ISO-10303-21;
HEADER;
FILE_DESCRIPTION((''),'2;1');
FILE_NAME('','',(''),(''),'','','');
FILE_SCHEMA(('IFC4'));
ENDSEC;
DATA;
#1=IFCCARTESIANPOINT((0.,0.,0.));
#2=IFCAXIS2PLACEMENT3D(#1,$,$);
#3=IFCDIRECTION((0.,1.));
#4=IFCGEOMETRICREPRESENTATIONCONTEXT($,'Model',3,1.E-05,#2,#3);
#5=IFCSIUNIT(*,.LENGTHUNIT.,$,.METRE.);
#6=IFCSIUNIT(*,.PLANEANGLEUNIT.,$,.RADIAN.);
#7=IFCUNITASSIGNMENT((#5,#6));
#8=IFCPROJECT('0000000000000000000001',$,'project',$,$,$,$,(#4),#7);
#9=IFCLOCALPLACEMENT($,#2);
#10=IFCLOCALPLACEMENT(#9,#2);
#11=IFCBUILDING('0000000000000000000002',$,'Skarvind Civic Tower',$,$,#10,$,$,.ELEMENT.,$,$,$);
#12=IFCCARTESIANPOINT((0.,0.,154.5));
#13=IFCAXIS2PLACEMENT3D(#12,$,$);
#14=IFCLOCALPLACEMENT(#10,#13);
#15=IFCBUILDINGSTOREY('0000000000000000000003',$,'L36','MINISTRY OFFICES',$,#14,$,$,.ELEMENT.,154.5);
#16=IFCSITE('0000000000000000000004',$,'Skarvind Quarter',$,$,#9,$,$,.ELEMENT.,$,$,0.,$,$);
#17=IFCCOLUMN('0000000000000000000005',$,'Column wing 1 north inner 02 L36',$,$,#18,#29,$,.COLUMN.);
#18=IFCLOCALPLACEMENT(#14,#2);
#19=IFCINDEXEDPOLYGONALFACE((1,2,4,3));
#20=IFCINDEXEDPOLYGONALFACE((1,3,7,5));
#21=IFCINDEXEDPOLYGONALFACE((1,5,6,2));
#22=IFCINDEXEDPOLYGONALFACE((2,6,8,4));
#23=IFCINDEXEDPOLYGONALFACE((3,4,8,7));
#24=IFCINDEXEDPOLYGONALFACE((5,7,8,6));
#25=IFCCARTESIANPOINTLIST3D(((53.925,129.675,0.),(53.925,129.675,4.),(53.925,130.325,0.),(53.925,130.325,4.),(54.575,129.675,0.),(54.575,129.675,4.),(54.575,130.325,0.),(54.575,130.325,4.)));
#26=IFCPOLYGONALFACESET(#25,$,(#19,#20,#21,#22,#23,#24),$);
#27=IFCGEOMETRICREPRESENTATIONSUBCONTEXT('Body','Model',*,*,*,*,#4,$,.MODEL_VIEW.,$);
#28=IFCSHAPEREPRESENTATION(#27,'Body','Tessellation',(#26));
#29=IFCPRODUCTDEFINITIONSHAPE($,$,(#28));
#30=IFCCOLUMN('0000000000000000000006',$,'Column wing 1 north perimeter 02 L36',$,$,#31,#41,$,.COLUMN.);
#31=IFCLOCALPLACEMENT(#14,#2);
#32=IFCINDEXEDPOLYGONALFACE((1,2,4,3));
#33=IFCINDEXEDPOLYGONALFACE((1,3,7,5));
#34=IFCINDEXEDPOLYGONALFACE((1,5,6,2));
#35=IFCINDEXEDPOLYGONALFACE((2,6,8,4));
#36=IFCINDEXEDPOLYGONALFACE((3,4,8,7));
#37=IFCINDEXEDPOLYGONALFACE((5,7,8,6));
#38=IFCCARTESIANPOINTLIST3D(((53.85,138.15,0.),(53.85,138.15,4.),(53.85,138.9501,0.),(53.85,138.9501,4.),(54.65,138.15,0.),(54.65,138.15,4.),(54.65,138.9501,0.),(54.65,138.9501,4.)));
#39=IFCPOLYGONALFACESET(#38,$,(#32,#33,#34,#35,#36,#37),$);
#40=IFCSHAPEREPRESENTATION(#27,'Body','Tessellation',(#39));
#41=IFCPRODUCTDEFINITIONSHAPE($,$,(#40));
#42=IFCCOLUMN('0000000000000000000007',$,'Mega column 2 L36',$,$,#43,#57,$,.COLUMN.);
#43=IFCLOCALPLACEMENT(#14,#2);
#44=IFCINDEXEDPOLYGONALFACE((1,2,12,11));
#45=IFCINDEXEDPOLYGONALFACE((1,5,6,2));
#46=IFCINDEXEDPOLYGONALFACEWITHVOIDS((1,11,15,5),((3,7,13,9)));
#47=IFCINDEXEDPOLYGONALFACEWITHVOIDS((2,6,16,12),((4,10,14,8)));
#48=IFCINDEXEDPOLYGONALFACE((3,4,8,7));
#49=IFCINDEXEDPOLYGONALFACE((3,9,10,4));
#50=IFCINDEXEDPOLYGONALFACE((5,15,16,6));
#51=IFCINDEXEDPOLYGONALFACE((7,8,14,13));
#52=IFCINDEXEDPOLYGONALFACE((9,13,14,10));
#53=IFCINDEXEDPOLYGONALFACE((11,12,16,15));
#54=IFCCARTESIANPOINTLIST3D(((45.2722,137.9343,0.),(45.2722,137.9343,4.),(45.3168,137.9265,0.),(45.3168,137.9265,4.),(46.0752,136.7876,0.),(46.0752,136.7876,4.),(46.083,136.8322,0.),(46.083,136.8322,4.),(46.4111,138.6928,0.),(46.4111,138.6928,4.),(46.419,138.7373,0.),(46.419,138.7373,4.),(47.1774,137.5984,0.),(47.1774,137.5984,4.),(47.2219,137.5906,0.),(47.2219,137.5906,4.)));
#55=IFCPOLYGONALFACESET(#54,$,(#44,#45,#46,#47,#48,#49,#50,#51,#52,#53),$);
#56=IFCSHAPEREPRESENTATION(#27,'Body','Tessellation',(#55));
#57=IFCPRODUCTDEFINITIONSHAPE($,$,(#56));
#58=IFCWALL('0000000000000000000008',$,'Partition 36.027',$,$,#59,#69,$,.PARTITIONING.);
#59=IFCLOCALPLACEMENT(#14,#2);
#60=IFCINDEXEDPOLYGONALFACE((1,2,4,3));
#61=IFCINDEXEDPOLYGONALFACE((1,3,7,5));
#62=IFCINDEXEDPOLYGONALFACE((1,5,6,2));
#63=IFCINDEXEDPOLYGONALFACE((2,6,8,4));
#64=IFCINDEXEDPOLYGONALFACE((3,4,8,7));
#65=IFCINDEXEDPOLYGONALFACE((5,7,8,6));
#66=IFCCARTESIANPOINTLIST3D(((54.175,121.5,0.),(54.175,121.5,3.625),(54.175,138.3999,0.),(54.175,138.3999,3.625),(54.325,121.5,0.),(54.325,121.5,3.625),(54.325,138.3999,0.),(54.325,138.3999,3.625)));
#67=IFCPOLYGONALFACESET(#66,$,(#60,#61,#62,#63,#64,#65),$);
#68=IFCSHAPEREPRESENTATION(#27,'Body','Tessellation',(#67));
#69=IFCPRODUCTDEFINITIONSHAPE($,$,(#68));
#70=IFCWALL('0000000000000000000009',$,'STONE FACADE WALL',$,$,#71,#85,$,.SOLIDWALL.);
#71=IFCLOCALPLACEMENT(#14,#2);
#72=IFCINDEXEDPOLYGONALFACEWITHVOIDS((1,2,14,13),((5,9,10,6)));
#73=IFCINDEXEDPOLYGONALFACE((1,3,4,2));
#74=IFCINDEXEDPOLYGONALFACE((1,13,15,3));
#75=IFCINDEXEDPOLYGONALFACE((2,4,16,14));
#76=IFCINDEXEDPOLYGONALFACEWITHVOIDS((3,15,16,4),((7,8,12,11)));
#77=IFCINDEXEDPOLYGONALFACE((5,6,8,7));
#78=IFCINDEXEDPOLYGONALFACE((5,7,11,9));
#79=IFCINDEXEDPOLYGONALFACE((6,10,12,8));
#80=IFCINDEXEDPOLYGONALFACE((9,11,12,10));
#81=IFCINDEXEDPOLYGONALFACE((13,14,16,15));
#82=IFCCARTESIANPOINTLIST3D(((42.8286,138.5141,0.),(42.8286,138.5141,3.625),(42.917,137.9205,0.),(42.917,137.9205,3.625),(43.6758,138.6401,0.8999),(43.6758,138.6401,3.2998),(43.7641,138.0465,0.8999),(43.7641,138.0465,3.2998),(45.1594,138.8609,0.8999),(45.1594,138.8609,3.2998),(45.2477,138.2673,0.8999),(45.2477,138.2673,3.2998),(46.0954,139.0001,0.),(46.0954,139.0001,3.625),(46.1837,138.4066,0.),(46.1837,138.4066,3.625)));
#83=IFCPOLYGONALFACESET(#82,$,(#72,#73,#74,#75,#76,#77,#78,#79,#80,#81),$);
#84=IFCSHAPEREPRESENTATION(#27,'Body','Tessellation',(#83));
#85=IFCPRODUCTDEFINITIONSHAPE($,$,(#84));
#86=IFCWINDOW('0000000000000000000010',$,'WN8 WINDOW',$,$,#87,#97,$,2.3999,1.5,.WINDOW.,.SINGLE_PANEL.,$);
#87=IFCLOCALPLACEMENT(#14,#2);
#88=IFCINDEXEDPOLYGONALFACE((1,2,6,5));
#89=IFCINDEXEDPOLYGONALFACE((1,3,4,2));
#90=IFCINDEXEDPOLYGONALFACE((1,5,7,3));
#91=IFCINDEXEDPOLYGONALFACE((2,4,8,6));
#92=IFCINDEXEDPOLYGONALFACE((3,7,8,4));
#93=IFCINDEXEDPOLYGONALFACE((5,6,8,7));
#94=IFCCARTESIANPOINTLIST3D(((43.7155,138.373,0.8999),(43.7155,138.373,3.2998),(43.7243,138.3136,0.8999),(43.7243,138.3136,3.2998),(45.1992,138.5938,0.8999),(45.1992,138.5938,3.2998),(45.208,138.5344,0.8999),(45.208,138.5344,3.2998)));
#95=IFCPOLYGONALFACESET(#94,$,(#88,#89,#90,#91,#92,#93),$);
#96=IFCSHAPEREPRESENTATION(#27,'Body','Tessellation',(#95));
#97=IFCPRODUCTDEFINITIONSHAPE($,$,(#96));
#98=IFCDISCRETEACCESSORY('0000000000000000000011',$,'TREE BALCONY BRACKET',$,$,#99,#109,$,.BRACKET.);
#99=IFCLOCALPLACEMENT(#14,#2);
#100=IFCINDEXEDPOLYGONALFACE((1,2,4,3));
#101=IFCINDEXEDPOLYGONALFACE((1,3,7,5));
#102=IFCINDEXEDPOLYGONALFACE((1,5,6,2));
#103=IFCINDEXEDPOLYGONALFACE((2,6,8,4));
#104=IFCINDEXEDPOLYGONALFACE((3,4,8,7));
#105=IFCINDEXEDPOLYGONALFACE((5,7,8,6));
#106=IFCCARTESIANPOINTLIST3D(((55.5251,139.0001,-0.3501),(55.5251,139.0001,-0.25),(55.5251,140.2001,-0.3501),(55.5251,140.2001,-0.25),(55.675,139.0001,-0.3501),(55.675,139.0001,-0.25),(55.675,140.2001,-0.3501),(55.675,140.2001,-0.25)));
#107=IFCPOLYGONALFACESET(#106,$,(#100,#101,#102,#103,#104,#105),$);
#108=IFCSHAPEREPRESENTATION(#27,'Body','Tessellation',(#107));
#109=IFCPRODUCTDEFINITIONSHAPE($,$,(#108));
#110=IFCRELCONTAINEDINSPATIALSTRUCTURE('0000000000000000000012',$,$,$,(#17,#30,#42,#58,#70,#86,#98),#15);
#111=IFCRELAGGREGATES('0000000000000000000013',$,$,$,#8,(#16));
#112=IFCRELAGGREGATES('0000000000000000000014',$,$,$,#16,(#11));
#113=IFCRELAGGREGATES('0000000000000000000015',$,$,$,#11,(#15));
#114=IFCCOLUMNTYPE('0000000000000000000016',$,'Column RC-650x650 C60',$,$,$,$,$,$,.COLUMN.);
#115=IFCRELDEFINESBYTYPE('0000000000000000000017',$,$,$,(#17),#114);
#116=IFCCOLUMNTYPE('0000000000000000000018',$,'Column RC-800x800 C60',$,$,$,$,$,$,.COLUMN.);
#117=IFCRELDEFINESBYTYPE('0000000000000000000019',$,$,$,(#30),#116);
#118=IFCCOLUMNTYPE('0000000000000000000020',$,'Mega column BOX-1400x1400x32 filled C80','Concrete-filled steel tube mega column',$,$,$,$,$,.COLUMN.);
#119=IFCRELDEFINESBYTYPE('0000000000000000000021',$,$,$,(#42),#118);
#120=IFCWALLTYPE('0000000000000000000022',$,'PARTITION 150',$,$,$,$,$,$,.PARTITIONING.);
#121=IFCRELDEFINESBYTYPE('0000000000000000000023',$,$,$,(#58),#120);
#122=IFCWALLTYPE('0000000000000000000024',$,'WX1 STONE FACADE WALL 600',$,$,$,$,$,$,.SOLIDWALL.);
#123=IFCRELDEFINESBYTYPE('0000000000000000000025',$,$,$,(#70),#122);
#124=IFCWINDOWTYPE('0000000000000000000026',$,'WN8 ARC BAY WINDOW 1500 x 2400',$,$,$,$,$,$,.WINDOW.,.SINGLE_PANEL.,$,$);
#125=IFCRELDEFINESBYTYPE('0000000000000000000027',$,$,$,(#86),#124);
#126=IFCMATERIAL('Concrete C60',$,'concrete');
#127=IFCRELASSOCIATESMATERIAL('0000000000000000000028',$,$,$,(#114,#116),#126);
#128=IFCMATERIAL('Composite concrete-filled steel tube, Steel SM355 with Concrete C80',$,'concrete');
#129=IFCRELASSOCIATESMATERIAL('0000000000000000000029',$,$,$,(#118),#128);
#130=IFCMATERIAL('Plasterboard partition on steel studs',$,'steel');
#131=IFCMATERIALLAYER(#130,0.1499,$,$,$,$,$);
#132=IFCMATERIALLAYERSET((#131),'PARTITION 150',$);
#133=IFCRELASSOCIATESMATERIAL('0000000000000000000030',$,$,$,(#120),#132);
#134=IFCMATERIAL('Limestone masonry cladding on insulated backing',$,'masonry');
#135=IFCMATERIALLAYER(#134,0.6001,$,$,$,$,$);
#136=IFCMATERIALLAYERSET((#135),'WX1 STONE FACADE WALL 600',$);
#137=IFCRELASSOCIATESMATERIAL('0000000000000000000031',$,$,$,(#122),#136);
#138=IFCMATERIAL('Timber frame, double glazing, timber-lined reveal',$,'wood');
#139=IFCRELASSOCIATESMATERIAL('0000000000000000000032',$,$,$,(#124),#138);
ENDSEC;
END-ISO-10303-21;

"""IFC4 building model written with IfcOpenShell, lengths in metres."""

from ifc_helpers import new_model, si_unit, direction, frame, frame_2d, origin, origin_2d, place, context, subcontext, project, spatial, rectangle, hollow_rectangle, extrude, material, layer, layer_set, material_profile, profile_set, type_object, element, fill, save


model = new_model("IFC4")

# Units and contexts
model_context = context("Model", 3, precision=1e-05, world=origin(), true_north=direction((0.0, 1.0)))
body_context = subcontext(model_context, "Body", "Model", "MODEL_VIEW")
ifc_project = project(units=[si_unit("LENGTHUNIT", "METRE"), si_unit("PLANEANGLEUNIT", "RADIAN")], contexts=[model_context])

# Site, building, storey
site_placement = place(None, origin())
site = spatial("IfcSite", under=ifc_project, at=site_placement, Name="Skarvind Quarter", CompositionType="ELEMENT", RefElevation=0.0)
building_placement = place(site_placement, origin())
building = spatial("IfcBuilding", under=site, at=building_placement, Name="Skarvind Civic Tower", CompositionType="ELEMENT")
storey_placement = place(building_placement, frame((0.0, 0.0, 154.5)))
storey = spatial("IfcBuildingStorey", under=building, at=storey_placement, Name="L36", Description="MINISTRY OFFICES", CompositionType="ELEMENT", Elevation=154.5)

# Columns
ifc_material_1 = material(Name="Concrete C60", Category="concrete")
ifc_material_profile_1 = material_profile(ifc_material_1, rectangle(XDim=0.6499, YDim=0.6499, at=origin_2d()), Name="RC-650x650")
ifc_profile_set_1 = profile_set([ifc_material_profile_1], Name="Concrete C60")
column_type_1 = type_object("IfcColumnType", Name="Column RC-650x650 C60", PredefinedType="COLUMN", material=ifc_profile_set_1)
column_1_placement = place(storey_placement, frame((54.25, 130.0, 0.0), z_axis=(0.0, 0.0, 1.0), x_axis=(1.0, 0.0, 0.0)))
element("IfcColumn", 1, at=column_1_placement, inside=storey, type_object=column_type_1, Name="Column wing 1 north inner 02 L36", PredefinedType="COLUMN", context=body_context, shape_type="SweptSolid", body=[
    extrude(rectangle(XDim=0.6499, YDim=0.6499, at=origin_2d()), origin(), (0.0, 0.0, 1.0), 4.0),
])
ifc_material_profile_2 = material_profile(ifc_material_1, rectangle(XDim=0.8, YDim=0.8, at=origin_2d()), Name="RC-800x800")
ifc_profile_set_2 = profile_set([ifc_material_profile_2], Name="Concrete C60")
column_type_2 = type_object("IfcColumnType", Name="Column RC-800x800 C60", PredefinedType="COLUMN", material=ifc_profile_set_2)
column_2_placement = place(storey_placement, frame((54.25, 138.55, 0.0), z_axis=(0.0, 0.0, 1.0), x_axis=(1.0, 0.0, 0.0)))
element("IfcColumn", 2, at=column_2_placement, inside=storey, type_object=column_type_2, Name="Column wing 1 north perimeter 02 L36", PredefinedType="COLUMN", context=body_context, shape_type="SweptSolid", body=[
    extrude(rectangle(XDim=0.8, YDim=0.8, at=origin_2d()), origin(), (0.0, 0.0, 1.0), 4.0),
])
ifc_material_2 = material(Name="Composite concrete-filled steel tube, Steel SM355 with Concrete C80", Category="concrete")
ifc_material_profile_3 = material_profile(ifc_material_2, hollow_rectangle(XDim=1.3999, YDim=1.3999, WallThickness=0.032, at=origin_2d()), Name="BOX-1400x1400x32")
ifc_profile_set_3 = profile_set([ifc_material_profile_3], Name="Composite concrete-filled steel tube, Steel SM355 with Concrete C80")
column_type_3 = type_object("IfcColumnType", Name="Mega column BOX-1400x1400x32 filled C80", Description="Concrete-filled steel tube mega column", PredefinedType="COLUMN", material=ifc_profile_set_3)
column_3_placement = place(storey_placement, frame((46.2471, 137.7625, 0.0), z_axis=(0.0, 0.0, 1.0), x_axis=(0.573576, -0.819152, 0.0)))
element("IfcColumn", 3, at=column_3_placement, inside=storey, type_object=column_type_3, Name="Mega column 2 L36", PredefinedType="COLUMN", context=body_context, shape_type="SweptSolid", body=[
    extrude(hollow_rectangle(XDim=1.3999, YDim=1.3999, WallThickness=0.032, at=origin_2d()), origin(), (0.0, 0.0, 1.0), 4.0),
])

# Wall
ifc_material_3 = material(Name="Plasterboard partition on steel studs", Category="steel")
ifc_layer_1 = layer(ifc_material_3, 0.1499)
ifc_layer_set_1 = layer_set([ifc_layer_1], Name="PARTITION 150")
wall_type_1 = type_object("IfcWallType", Name="PARTITION 150", PredefinedType="PARTITIONING", material=ifc_layer_set_1)
wall_1_placement = place(storey_placement, frame((54.25, 138.3999, 0.0), z_axis=(0.0, 0.0, 1.0), x_axis=(0.0, -1.0, 0.0)))
element("IfcWall", 4, at=wall_1_placement, inside=storey, type_object=wall_type_1, Name="Partition 36.027", PredefinedType="PARTITIONING", context=body_context, shape_type="SweptSolid", body=[
    extrude(rectangle(XDim=16.8999, YDim=0.1499, at=frame_2d((8.45, 0.0))), origin(), (0.0, 0.0, 1.0), 3.625),
])

# Shared definitions
ifc_material_4 = material(Name="Limestone masonry cladding on insulated backing", Category="masonry")
ifc_layer_2 = layer(ifc_material_4, 0.6001)
ifc_layer_set_2 = layer_set([ifc_layer_2], Name="WX1 STONE FACADE WALL 600")
wall_type_2 = type_object("IfcWallType", Name="WX1 STONE FACADE WALL 600", PredefinedType="SOLIDWALL", material=ifc_layer_set_2)
ifc_material_5 = material(Name="Timber frame, double glazing, timber-lined reveal", Category="wood")

# Wall, opening, window
wall_2_placement = place(storey_placement, frame((42.8728, 138.2173, 0.0), z_axis=(0.0, 0.0, 1.0), x_axis=(0.989111, 0.147173, 0.0)))
wall_2 = element("IfcWall", 5, at=wall_2_placement, inside=storey, type_object=wall_type_2, Name="STONE FACADE WALL", PredefinedType="SOLIDWALL", context=body_context, shape_type="SweptSolid", body=[
    extrude(rectangle(XDim=3.3027, YDim=0.6001, at=frame_2d((1.6514, 0.0))), origin(), (0.0, 0.0, 1.0), 3.625),
])
opening_1_placement = place(wall_2_placement, frame((0.8564, 0.0, 0.8999)))
opening_1 = element("IfcOpeningElement", 6, at=opening_1_placement, cuts=wall_2, PredefinedType="OPENING", context=body_context, shape_type="SweptSolid", body=[
    extrude(rectangle(XDim=1.5, YDim=2.3999, at=frame_2d((0.75, 1.2))), frame((0.0, 0.3101, 0.0), z_axis=(0.0, -1.0, 0.0), x_axis=(1.0, 0.0, 0.0)), (0.0, 0.0, 1.0), 0.6201),
])
window_type_1 = type_object("IfcWindowType", Name="WN8 ARC BAY WINDOW 1500 x 2400", PartitioningType="SINGLE_PANEL", PredefinedType="WINDOW", material=ifc_material_5)
window_1_placement = place(opening_1_placement, origin())
window_1 = element("IfcWindow", 7, at=window_1_placement, inside=storey, type_object=window_type_1, Name="WN8 WINDOW", OverallHeight=2.3999, OverallWidth=1.5, PartitioningType="SINGLE_PANEL", PredefinedType="WINDOW", context=body_context, shape_type="SweptSolid", body=[
    extrude(rectangle(XDim=1.5, YDim=2.3999, at=frame_2d((0.75, 1.2))), frame((0.0, 0.03, 0.0), z_axis=(0.0, -1.0, 0.0), x_axis=(1.0, 0.0, 0.0)), (0.0, 0.0, 1.0), 0.0601),
])
fill(opening_1, window_1)

# Discrete accessory
discrete_accessory_placement = place(storey_placement, frame((55.6001, 139.6001, -0.3501), z_axis=(0.0, 0.0, 1.0), x_axis=(1.0, 0.0, 0.0)))
element("IfcDiscreteAccessory", 8, at=discrete_accessory_placement, inside=storey, Name="TREE BALCONY BRACKET", PredefinedType="BRACKET", context=body_context, shape_type="SweptSolid", body=[
    extrude(rectangle(XDim=0.1499, YDim=1.2, at=origin_2d()), origin(), (0.0, 0.0, 1.0), 0.1001),
])

save(model, "model.ifc")
